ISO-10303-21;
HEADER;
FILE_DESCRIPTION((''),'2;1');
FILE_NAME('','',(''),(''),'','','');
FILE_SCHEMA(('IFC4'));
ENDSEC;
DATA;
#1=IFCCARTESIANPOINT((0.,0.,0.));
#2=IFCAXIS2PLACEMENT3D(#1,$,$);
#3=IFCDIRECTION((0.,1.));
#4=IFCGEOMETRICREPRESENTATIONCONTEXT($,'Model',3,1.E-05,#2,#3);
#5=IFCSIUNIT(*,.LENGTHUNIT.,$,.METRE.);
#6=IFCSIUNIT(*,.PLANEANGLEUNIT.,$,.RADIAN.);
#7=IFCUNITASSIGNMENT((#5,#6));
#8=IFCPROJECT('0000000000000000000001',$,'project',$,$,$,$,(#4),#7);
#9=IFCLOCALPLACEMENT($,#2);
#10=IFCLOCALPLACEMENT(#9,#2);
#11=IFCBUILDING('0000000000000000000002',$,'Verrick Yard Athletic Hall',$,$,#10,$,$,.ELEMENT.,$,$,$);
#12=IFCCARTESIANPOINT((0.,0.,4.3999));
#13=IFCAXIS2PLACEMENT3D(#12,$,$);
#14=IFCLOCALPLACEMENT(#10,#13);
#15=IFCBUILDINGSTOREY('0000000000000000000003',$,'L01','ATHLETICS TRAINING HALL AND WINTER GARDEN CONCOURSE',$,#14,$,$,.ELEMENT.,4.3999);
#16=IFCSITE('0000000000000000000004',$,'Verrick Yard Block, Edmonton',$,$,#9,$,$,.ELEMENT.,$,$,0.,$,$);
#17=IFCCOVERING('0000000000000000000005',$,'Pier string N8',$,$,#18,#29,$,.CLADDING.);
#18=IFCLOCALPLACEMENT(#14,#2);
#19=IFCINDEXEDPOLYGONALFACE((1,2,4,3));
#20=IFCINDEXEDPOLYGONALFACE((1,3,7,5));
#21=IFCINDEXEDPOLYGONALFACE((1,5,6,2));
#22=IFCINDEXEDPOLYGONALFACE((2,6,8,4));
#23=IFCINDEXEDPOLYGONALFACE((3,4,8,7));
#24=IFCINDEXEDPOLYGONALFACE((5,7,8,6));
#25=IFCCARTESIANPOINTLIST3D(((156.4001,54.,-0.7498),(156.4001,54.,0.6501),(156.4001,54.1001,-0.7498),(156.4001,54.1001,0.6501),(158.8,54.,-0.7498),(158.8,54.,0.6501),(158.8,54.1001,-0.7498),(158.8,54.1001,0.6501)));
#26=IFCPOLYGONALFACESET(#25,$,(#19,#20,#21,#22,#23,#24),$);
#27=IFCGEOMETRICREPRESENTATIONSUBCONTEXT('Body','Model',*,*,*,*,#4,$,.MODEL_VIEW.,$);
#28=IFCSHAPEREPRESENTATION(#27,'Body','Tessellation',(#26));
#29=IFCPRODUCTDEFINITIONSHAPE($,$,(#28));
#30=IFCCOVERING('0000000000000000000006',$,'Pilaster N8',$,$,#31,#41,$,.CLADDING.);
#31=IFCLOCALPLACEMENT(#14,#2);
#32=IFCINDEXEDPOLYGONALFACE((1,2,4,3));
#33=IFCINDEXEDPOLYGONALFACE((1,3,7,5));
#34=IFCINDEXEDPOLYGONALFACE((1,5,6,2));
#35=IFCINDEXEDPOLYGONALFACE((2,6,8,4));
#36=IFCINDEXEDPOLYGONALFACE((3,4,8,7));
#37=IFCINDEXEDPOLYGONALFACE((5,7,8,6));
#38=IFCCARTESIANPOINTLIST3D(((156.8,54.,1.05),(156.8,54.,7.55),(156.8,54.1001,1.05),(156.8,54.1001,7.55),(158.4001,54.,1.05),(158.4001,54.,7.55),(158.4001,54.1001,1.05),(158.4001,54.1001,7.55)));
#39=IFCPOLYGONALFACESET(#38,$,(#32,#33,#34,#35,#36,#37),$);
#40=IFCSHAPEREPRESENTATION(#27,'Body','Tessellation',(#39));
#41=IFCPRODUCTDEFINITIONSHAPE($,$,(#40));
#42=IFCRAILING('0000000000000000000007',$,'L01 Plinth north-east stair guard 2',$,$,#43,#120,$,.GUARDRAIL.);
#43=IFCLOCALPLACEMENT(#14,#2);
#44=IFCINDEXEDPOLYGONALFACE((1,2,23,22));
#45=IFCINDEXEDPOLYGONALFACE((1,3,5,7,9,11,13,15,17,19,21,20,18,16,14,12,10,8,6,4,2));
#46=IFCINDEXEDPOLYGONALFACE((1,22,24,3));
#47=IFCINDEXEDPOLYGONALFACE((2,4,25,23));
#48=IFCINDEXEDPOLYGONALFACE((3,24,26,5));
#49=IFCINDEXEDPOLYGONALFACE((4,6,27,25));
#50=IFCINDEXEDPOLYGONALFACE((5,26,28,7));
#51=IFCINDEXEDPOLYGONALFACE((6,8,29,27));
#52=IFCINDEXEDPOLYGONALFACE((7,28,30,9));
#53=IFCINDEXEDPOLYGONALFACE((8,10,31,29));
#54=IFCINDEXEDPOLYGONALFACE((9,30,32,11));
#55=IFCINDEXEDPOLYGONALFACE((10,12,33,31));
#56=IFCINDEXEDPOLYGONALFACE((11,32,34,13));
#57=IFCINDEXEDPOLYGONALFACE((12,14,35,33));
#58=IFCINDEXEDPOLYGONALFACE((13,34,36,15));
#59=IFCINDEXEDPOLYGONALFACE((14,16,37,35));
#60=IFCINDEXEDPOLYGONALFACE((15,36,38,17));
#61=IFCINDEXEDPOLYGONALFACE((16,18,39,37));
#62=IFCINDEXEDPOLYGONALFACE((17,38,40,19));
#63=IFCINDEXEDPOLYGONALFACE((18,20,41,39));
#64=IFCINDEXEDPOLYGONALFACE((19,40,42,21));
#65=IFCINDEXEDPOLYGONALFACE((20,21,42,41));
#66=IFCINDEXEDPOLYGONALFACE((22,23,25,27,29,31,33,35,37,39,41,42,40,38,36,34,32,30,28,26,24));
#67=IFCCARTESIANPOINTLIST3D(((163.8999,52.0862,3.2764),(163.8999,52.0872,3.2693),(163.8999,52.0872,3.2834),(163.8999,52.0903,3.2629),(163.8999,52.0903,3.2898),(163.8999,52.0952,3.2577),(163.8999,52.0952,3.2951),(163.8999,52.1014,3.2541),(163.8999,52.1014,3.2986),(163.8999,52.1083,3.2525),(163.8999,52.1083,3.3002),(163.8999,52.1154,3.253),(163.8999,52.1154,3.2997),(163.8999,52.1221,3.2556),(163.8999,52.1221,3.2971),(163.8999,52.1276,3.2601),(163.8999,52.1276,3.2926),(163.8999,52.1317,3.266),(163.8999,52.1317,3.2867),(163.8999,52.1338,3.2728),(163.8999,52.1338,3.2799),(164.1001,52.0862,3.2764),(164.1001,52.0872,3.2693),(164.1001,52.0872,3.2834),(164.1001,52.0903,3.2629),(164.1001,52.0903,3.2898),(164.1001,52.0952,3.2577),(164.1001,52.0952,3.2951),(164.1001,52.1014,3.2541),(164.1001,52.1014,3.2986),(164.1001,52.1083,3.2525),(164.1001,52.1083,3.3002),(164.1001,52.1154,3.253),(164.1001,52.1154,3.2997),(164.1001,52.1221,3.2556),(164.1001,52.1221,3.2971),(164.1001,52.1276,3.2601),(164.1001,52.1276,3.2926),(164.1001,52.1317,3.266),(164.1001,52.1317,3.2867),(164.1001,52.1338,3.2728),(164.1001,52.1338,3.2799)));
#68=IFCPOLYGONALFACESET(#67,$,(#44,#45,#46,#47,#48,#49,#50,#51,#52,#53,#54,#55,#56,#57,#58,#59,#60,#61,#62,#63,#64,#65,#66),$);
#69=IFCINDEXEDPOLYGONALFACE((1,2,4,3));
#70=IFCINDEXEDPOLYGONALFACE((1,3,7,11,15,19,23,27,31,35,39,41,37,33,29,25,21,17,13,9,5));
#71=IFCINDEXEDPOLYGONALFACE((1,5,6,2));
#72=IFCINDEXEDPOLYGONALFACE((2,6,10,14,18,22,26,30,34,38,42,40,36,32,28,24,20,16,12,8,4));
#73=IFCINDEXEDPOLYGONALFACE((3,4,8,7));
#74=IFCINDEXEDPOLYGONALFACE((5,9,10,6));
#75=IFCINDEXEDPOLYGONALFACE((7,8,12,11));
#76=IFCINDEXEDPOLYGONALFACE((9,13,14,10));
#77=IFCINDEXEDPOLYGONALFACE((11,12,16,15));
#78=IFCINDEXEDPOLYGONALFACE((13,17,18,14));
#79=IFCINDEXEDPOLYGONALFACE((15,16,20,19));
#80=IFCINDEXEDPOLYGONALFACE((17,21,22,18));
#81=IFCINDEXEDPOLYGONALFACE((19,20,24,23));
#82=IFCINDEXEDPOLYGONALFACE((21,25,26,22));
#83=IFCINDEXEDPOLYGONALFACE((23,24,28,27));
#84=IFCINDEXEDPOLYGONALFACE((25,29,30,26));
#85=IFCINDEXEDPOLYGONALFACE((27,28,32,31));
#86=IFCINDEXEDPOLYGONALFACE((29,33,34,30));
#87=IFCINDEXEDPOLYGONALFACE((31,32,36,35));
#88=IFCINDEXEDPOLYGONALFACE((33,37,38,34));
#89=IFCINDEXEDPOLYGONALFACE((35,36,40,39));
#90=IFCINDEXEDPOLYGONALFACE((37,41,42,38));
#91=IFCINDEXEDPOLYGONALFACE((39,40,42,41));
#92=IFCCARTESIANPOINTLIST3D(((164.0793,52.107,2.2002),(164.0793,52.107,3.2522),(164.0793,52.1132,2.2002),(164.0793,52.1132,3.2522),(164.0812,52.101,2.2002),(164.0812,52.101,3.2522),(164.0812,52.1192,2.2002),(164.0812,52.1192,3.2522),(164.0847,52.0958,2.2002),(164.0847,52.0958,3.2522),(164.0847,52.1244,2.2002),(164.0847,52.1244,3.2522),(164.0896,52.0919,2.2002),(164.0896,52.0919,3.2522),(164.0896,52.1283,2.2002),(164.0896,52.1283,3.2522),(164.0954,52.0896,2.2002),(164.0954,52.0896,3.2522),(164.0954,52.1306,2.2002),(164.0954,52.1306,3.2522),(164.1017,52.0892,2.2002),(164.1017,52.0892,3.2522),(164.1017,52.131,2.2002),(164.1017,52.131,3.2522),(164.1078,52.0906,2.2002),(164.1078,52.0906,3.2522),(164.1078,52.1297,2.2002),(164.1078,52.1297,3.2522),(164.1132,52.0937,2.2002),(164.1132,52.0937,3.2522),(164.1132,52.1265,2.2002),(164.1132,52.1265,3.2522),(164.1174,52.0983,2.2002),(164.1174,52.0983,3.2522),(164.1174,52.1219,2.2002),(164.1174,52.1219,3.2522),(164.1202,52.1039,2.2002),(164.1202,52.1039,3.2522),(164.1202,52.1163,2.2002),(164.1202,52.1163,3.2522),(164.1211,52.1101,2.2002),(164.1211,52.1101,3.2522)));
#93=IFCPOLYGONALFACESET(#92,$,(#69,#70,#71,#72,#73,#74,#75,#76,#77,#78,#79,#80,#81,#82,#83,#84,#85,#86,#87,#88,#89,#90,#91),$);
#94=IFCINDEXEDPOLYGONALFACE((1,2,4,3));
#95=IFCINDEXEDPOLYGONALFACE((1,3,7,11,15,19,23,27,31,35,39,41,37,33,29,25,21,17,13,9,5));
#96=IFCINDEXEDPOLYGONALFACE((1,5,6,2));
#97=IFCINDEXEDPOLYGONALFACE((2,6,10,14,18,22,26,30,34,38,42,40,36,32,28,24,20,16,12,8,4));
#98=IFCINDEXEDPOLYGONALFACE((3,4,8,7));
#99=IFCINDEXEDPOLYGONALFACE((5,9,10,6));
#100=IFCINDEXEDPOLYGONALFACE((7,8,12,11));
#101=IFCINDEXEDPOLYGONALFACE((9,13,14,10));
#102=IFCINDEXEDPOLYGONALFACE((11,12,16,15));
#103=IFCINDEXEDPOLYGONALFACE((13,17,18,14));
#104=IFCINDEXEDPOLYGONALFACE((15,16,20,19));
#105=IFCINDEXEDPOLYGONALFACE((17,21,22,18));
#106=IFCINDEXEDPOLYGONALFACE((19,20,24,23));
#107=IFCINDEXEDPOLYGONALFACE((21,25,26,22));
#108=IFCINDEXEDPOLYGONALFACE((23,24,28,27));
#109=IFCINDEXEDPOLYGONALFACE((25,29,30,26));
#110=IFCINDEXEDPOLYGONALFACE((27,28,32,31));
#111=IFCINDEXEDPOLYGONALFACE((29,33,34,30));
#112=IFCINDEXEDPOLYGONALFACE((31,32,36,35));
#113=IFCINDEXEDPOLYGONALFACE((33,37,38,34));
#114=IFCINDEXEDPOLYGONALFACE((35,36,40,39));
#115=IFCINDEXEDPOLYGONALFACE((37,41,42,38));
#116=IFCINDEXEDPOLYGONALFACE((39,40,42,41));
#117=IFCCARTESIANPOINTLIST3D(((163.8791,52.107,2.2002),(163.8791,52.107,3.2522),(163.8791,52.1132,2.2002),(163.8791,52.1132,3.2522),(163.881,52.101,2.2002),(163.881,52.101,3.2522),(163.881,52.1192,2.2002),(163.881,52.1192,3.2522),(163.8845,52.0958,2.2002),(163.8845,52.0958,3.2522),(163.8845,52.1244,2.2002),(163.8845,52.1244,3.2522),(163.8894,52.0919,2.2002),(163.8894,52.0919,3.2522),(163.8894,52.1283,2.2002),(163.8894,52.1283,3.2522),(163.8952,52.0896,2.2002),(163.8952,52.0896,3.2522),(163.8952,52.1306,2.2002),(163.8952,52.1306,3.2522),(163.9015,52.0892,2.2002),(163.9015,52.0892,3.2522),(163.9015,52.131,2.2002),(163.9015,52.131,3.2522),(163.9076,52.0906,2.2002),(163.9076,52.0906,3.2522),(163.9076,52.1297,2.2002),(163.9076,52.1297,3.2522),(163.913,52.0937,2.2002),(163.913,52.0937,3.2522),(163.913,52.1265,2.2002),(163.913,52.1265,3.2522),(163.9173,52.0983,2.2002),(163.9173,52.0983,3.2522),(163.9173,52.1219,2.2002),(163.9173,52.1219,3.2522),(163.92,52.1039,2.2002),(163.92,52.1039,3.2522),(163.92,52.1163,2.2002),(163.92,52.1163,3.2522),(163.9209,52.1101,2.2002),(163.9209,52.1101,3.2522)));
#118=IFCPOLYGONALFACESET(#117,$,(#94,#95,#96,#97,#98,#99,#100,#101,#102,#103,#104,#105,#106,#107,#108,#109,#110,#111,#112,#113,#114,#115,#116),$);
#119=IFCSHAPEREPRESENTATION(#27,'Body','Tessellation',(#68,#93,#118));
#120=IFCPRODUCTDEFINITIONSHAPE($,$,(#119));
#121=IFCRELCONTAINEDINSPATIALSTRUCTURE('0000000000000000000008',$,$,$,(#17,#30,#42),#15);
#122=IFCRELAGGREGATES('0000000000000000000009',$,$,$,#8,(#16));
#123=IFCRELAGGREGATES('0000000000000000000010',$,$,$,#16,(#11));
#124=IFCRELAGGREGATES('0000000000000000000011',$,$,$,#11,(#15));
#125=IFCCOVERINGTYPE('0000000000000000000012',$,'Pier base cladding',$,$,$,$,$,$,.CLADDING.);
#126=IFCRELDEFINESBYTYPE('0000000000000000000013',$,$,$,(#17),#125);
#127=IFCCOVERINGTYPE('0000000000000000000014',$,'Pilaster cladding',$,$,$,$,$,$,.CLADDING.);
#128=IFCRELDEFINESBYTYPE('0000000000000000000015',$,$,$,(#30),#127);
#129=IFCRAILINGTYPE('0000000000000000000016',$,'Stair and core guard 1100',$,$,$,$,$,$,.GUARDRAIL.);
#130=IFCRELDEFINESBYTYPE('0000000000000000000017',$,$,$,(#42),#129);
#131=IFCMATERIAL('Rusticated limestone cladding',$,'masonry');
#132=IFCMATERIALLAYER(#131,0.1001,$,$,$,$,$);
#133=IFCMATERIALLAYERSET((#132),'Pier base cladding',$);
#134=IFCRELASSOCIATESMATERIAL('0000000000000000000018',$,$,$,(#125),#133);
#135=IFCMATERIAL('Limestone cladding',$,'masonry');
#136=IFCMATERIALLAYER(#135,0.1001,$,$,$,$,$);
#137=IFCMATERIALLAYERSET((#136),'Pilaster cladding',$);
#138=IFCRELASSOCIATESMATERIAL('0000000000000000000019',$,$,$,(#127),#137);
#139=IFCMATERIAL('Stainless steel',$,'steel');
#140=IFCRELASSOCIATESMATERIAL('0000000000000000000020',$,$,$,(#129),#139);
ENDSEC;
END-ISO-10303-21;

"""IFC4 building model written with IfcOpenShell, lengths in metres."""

from ifc_helpers import new_model, si_unit, direction, frame, origin, origin_2d, place, context, subcontext, project, spatial, rectangle, circle, extrude, material, layer, layer_set, type_object, element, save


model = new_model("IFC4")

# Units and contexts
model_context = context("Model", 3, precision=1e-05, world=origin(), true_north=direction((0.0, 1.0)))
body_context = subcontext(model_context, "Body", "Model", "MODEL_VIEW")
ifc_project = project(units=[si_unit("LENGTHUNIT", "METRE"), si_unit("PLANEANGLEUNIT", "RADIAN")], contexts=[model_context])

# Site, building, storey
site_placement = place(None, origin())
site = spatial("IfcSite", under=ifc_project, at=site_placement, Name="Verrick Yard Block, Edmonton", CompositionType="ELEMENT", RefElevation=0.0)
building_placement = place(site_placement, origin())
building = spatial("IfcBuilding", under=site, at=building_placement, Name="Verrick Yard Athletic Hall", CompositionType="ELEMENT")
storey_placement = place(building_placement, frame((0.0, 0.0, 4.3999)))
storey = spatial("IfcBuildingStorey", under=building, at=storey_placement, Name="L01", Description="ATHLETICS TRAINING HALL AND WINTER GARDEN CONCOURSE", CompositionType="ELEMENT", Elevation=4.3999)

# Coverings
ifc_material_1 = material(Name="Limestone cladding", Category="masonry")
ifc_material_2 = material(Name="Rusticated limestone cladding", Category="masonry")
ifc_layer_1 = layer(ifc_material_2, 0.1001)
ifc_layer_set_1 = layer_set([ifc_layer_1], Name="Pier base cladding")
covering_type_1 = type_object("IfcCoveringType", Name="Pier base cladding", PredefinedType="CLADDING", material=ifc_layer_set_1)
covering_1_placement = place(storey_placement, frame((157.6001, 54.05, -0.7498), z_axis=(0.0, 0.0, 1.0), x_axis=(1.0, 0.0, 0.0)))
element("IfcCovering", 1, at=covering_1_placement, inside=storey, type_object=covering_type_1, Name="Pier string N8", PredefinedType="CLADDING", context=body_context, shape_type="SweptSolid", body=[
    extrude(rectangle(XDim=2.3999, YDim=0.1001, at=origin_2d()), origin(), (0.0, 0.0, 1.0), 1.3999),
])
ifc_layer_2 = layer(ifc_material_1, 0.1001)
ifc_layer_set_2 = layer_set([ifc_layer_2], Name="Pilaster cladding")
covering_type_2 = type_object("IfcCoveringType", Name="Pilaster cladding", PredefinedType="CLADDING", material=ifc_layer_set_2)
covering_2_placement = place(storey_placement, frame((157.6001, 54.05, 1.05), z_axis=(0.0, 0.0, 1.0), x_axis=(1.0, 0.0, 0.0)))
element("IfcCovering", 2, at=covering_2_placement, inside=storey, type_object=covering_type_2, Name="Pilaster N8", PredefinedType="CLADDING", context=body_context, shape_type="SweptSolid", body=[
    extrude(rectangle(XDim=1.6001, YDim=0.1001, at=origin_2d()), origin(), (0.0, 0.0, 1.0), 6.5),
])

# Railing
ifc_material_3 = material(Name="Stainless steel", Category="steel")
railing_type_1 = type_object("IfcRailingType", Name="Stair and core guard 1100", PredefinedType="GUARDRAIL", material=ifc_material_3)
railing_1_placement = place(storey_placement, frame((164.1001, 52.1101, 2.2002)))
element("IfcRailing", 3, at=railing_1_placement, inside=storey, type_object=railing_type_1, Name="L01 Plinth north-east stair guard 2", PredefinedType="GUARDRAIL", context=body_context, shape_type="SweptSolid", body=[
    extrude(circle(Radius=0.0239, at=origin_2d()), frame((0.0, 0.0, 1.0762), z_axis=(-1.0, 0.0, 0.0), x_axis=(0.0, -1.0, 0.0)), (0.0, 0.0, 1.0), 0.2002),
    extrude(circle(Radius=0.021, at=origin_2d()), origin(), (0.0, 0.0, 1.0), 1.052),
    extrude(circle(Radius=0.021, at=origin_2d()), frame((-0.2002, 0.0, 0.0)), (0.0, 0.0, 1.0), 1.052),
])

save(model, "model.ifc")
